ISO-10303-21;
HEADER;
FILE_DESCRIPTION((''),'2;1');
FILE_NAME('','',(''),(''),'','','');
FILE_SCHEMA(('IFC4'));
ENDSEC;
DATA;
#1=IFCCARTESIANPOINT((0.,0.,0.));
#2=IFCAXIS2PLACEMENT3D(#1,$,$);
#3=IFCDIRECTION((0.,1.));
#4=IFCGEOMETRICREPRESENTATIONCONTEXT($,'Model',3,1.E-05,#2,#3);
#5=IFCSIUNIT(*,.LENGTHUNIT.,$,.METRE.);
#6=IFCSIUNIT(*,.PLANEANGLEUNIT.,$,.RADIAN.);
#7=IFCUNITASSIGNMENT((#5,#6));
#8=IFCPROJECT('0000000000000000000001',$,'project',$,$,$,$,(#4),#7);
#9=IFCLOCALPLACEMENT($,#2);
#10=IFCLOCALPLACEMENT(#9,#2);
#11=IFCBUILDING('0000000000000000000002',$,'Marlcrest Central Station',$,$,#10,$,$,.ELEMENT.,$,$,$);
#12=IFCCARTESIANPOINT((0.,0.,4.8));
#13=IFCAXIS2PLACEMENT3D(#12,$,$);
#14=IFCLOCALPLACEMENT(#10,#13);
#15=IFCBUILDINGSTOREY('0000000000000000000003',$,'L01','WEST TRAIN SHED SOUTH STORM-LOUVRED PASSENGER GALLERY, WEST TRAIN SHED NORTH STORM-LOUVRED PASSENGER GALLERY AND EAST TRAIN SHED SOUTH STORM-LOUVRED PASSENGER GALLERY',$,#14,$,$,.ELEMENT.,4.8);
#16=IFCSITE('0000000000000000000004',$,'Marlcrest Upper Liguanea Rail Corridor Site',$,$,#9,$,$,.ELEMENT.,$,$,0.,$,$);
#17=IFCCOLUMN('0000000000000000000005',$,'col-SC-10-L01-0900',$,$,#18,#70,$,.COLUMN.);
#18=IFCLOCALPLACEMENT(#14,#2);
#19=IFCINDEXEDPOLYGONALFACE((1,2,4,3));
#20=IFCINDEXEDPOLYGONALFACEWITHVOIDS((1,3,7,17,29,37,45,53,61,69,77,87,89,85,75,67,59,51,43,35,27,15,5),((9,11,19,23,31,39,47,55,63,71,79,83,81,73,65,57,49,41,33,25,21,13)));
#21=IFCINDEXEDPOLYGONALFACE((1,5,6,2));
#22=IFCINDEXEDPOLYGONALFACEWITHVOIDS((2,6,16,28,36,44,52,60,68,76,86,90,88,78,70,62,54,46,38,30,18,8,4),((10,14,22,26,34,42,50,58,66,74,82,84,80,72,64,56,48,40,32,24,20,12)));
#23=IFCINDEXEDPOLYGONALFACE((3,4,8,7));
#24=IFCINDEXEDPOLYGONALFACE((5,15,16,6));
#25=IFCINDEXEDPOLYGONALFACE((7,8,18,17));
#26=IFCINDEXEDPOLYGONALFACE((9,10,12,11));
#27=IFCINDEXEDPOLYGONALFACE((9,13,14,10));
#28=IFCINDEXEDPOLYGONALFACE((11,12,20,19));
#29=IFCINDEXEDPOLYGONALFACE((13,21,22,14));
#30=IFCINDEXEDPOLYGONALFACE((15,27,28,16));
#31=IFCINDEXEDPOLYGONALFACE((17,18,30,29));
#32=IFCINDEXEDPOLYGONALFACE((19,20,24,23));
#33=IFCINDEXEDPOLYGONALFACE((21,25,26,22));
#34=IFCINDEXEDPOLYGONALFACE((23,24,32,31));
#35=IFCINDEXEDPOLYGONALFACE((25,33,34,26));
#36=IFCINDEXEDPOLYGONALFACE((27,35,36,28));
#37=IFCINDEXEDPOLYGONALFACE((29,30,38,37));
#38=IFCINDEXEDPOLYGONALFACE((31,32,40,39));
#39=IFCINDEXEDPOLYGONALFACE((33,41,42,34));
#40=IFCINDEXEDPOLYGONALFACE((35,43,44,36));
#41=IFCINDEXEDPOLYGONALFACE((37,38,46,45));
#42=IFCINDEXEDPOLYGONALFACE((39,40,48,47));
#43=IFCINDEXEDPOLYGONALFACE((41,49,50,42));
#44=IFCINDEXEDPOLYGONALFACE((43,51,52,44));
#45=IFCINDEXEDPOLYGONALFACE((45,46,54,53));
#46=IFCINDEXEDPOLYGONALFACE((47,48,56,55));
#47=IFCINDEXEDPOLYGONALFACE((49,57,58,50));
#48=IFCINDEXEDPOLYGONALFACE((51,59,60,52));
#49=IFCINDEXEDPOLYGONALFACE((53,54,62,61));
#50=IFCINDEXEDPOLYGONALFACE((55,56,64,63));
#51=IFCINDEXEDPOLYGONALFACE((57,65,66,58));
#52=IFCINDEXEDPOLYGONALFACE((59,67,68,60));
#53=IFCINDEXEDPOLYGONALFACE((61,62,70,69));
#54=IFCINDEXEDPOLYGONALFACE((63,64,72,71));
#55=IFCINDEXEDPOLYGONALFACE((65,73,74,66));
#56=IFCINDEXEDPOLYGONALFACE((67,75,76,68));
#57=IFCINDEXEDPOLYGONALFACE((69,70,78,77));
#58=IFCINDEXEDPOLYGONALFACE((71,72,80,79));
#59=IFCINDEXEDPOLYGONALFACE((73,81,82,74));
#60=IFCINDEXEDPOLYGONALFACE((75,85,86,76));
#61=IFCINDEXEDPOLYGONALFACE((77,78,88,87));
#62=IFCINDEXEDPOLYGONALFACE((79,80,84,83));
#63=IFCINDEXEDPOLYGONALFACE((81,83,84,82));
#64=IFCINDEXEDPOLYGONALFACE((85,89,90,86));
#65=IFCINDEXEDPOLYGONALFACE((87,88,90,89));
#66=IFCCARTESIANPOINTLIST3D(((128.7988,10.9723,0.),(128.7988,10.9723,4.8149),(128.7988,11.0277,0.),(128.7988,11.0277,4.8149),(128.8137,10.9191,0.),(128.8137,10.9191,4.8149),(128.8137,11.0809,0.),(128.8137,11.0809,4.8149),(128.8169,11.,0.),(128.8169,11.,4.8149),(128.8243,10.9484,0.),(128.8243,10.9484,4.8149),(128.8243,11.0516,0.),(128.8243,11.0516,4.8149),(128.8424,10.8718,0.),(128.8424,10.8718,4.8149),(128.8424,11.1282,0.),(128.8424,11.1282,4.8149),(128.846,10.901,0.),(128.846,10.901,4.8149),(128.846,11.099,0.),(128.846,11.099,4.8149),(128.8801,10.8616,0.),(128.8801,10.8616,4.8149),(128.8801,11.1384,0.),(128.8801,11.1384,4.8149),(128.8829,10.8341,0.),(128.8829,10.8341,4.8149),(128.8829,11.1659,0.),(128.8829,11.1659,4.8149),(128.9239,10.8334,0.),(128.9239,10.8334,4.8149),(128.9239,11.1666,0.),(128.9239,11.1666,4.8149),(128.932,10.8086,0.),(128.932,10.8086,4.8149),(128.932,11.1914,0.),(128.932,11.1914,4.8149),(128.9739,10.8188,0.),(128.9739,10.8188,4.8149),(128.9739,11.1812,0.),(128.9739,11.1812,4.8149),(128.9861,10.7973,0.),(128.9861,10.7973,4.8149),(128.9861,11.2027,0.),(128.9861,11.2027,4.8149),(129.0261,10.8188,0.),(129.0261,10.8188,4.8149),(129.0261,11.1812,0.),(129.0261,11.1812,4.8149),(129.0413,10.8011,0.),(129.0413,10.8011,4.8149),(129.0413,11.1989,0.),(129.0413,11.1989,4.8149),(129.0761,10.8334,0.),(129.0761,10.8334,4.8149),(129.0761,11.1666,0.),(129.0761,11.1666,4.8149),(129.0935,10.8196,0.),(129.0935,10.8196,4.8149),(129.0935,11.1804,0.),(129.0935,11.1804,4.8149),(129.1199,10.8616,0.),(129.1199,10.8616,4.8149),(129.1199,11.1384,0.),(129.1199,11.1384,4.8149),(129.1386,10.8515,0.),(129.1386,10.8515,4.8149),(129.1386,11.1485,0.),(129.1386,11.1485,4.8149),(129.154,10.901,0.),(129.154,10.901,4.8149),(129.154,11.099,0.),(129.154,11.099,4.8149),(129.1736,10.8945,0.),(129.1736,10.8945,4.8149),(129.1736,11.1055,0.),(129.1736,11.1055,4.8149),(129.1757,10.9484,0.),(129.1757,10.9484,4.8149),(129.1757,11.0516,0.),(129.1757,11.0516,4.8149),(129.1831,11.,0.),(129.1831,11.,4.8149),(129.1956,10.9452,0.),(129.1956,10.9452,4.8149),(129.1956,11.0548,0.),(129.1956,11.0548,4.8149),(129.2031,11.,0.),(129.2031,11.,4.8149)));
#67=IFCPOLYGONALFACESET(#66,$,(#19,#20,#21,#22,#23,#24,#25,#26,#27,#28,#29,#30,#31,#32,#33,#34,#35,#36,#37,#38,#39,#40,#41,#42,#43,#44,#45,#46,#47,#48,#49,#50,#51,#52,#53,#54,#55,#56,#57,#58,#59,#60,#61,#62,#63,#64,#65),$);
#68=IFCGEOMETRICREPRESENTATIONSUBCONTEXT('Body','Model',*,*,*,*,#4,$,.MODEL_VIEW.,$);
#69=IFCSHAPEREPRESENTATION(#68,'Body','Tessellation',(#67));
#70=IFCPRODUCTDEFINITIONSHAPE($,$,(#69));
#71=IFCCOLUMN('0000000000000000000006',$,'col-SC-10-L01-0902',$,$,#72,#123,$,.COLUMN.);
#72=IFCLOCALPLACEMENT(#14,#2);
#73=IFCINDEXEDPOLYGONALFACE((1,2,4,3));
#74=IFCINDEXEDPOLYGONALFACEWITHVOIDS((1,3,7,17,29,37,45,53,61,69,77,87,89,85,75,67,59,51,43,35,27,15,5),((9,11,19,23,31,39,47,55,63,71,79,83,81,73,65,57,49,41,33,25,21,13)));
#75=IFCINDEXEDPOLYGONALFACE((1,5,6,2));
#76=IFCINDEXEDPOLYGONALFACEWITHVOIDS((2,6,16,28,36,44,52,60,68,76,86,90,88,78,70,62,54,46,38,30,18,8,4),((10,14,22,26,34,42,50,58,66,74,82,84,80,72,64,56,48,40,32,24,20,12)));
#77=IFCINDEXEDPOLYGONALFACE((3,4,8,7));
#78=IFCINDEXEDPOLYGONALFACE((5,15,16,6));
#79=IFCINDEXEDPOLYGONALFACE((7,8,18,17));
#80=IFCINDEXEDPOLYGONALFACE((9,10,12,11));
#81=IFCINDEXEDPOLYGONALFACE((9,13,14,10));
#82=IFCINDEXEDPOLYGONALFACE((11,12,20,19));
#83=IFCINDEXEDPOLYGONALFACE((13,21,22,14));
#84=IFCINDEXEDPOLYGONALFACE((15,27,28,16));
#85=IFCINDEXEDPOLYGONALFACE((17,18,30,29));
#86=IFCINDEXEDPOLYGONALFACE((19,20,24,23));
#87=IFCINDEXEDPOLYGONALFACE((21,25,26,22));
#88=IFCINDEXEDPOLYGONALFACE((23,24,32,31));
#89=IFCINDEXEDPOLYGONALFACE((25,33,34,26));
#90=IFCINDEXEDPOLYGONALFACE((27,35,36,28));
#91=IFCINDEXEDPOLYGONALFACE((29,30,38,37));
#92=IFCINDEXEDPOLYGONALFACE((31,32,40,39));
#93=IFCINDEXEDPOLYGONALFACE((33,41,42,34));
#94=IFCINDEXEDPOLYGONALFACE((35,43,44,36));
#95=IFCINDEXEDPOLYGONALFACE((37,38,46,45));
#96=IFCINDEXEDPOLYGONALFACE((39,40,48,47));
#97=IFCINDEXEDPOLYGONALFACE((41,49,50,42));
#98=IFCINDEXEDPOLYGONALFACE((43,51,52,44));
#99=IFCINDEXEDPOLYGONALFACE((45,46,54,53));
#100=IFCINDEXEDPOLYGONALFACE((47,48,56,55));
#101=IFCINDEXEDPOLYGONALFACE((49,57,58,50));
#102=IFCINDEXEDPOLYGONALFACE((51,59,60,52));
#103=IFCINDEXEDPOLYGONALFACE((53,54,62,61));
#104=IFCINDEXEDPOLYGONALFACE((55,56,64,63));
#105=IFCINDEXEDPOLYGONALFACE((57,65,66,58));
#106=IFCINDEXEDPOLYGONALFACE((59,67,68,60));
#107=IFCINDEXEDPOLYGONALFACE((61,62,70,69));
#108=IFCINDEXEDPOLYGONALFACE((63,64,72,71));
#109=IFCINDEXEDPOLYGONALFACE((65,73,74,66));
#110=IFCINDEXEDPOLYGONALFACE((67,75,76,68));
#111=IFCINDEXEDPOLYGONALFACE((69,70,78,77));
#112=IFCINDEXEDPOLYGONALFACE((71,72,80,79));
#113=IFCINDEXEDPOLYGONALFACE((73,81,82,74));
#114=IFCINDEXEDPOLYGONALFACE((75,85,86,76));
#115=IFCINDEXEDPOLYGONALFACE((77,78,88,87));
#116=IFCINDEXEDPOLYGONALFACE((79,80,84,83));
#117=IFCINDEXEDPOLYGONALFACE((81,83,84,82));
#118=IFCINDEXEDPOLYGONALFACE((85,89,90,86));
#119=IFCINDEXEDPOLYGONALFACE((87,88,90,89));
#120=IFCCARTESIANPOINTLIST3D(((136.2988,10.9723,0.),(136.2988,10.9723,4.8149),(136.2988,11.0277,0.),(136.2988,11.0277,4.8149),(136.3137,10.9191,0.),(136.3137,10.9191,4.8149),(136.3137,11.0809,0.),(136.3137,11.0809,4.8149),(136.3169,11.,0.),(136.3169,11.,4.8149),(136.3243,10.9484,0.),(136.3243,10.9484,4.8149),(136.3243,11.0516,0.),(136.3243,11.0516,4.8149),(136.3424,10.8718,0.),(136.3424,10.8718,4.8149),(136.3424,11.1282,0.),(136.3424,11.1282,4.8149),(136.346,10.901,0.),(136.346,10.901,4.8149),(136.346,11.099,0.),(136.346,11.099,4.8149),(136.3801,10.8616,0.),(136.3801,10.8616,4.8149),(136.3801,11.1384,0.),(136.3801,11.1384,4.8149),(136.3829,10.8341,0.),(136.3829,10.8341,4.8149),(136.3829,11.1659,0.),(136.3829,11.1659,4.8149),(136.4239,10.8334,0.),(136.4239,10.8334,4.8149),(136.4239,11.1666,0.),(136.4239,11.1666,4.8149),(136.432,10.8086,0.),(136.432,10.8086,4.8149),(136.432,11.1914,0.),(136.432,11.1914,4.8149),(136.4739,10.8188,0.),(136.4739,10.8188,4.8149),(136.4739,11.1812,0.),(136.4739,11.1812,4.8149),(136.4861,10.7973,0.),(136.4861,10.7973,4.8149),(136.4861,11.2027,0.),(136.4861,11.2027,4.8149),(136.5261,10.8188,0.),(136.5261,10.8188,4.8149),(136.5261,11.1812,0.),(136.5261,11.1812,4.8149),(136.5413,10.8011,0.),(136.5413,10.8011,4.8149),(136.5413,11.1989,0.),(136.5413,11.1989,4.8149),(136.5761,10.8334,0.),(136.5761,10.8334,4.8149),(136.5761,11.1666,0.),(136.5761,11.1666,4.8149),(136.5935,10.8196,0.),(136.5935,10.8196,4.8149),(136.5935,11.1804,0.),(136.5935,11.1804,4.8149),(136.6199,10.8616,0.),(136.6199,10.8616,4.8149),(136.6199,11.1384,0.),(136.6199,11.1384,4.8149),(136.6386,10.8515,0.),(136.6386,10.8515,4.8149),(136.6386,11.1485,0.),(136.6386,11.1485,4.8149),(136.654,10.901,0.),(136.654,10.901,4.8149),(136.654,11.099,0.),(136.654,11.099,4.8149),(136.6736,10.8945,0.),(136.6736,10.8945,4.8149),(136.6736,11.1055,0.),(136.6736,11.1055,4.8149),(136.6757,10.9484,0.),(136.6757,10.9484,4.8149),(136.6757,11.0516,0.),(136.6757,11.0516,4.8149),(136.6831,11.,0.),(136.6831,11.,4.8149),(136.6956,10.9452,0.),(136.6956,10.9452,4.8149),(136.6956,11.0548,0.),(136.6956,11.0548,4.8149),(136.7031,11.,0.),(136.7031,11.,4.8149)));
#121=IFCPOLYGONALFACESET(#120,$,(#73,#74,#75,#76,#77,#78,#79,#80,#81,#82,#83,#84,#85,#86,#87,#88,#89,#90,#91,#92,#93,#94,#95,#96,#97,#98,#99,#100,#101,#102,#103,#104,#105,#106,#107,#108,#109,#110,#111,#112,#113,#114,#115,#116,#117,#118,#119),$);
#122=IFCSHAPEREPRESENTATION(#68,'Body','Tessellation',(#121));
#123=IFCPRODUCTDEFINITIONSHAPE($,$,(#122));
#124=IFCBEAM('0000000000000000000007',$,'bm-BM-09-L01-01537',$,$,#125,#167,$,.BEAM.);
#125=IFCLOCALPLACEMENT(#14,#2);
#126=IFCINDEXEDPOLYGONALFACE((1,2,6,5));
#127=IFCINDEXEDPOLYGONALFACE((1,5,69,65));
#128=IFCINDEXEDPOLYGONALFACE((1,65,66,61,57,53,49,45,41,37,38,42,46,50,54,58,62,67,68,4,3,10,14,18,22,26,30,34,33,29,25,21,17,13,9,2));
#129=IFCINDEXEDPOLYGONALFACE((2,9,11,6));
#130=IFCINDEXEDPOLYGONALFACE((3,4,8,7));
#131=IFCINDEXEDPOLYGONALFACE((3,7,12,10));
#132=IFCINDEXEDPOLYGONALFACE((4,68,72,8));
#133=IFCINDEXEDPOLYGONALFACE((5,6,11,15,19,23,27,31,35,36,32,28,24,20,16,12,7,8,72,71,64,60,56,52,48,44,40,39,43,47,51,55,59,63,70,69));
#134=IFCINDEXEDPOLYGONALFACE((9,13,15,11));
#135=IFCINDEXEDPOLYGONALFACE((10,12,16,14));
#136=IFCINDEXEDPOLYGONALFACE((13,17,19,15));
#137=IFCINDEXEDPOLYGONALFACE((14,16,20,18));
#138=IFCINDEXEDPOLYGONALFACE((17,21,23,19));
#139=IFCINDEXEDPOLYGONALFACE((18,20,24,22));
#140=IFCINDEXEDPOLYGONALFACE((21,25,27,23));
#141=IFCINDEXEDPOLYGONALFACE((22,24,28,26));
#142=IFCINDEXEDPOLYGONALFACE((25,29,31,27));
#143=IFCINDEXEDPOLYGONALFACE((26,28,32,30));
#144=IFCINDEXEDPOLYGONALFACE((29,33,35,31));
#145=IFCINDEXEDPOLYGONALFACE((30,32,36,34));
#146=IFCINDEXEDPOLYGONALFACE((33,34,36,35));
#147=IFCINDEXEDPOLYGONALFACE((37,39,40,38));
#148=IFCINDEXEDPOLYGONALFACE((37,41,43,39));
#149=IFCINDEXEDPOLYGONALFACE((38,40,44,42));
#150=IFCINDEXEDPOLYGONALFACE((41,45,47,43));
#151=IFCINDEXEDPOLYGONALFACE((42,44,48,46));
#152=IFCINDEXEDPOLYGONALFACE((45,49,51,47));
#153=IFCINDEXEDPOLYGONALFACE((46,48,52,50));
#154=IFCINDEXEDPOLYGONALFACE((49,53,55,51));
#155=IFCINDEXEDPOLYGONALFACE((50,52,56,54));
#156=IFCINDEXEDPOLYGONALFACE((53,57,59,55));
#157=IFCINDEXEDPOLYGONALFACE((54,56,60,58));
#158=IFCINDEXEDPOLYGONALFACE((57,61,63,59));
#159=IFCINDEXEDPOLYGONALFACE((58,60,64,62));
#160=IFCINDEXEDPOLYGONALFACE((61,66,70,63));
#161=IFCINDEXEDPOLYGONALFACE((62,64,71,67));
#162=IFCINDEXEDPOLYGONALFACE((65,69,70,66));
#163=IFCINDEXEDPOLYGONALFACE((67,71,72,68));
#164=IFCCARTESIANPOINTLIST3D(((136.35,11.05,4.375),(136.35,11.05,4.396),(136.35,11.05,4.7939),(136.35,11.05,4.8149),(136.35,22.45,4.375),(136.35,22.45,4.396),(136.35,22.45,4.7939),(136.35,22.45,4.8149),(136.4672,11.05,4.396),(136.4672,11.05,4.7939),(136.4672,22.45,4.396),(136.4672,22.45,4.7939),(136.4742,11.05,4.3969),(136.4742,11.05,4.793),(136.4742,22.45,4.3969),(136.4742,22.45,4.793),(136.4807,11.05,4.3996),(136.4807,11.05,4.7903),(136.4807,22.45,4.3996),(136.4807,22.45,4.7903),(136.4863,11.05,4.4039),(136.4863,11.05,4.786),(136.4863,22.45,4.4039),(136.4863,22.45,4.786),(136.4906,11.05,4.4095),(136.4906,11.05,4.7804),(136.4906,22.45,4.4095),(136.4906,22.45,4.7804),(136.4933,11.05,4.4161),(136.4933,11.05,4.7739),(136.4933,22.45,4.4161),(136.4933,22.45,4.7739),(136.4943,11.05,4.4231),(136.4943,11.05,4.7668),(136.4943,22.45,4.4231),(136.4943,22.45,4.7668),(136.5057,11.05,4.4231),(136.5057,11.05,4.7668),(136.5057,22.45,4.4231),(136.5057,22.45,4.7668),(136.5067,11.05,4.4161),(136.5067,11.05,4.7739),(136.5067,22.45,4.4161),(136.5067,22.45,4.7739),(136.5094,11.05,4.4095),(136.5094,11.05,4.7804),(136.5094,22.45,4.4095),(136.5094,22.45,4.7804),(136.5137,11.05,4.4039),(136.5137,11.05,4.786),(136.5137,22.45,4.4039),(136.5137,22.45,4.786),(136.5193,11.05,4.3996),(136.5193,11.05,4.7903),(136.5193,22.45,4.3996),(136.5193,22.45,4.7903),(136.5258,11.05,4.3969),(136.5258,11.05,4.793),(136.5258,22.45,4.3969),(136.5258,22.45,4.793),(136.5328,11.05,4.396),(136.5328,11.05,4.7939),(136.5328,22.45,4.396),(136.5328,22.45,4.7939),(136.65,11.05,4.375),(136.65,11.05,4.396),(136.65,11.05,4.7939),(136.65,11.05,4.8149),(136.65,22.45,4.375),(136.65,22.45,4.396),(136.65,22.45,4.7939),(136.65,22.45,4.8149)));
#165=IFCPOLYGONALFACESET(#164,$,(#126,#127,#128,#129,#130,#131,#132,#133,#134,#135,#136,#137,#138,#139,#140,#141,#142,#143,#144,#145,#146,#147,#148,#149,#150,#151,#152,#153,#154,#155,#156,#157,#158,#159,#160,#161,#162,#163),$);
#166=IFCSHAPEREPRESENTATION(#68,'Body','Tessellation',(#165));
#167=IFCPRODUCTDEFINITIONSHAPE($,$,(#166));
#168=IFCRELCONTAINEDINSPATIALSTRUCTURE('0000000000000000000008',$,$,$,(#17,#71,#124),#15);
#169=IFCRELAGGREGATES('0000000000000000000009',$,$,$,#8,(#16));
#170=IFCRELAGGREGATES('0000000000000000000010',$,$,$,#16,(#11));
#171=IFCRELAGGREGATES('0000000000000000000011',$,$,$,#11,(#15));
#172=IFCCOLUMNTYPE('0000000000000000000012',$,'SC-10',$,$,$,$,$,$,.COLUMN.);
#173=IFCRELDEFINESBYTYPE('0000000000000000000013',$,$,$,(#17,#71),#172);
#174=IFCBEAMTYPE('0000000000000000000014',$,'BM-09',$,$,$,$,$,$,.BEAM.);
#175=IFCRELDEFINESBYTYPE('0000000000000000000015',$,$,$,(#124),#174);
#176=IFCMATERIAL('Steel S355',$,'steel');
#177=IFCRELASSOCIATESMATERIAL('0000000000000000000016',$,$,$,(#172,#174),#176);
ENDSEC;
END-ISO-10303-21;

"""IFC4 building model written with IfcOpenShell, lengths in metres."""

from ifc_helpers import new_model, si_unit, direction, frame, origin, origin_2d, place, context, subcontext, project, spatial, hollow_circle, i_section, extrude, material, material_profile, profile_set, type_object, element, save


model = new_model("IFC4")

# Units and contexts
model_context = context("Model", 3, precision=1e-05, world=origin(), true_north=direction((0.0, 1.0)))
body_context = subcontext(model_context, "Body", "Model", "MODEL_VIEW")
ifc_project = project(units=[si_unit("LENGTHUNIT", "METRE"), si_unit("PLANEANGLEUNIT", "RADIAN")], contexts=[model_context])

# Site, building, storey
site_placement = place(None, origin())
site = spatial("IfcSite", under=ifc_project, at=site_placement, Name="Marlcrest Upper Liguanea Rail Corridor Site", CompositionType="ELEMENT", RefElevation=0.0)
building_placement = place(site_placement, origin())
building = spatial("IfcBuilding", under=site, at=building_placement, Name="Marlcrest Central Station", CompositionType="ELEMENT")
storey_placement = place(building_placement, frame((0.0, 0.0, 4.8)))
storey = spatial("IfcBuildingStorey", under=building, at=storey_placement, Name="L01", Description="WEST TRAIN SHED SOUTH STORM-LOUVRED PASSENGER GALLERY, WEST TRAIN SHED NORTH STORM-LOUVRED PASSENGER GALLERY AND EAST TRAIN SHED SOUTH STORM-LOUVRED PASSENGER GALLERY", CompositionType="ELEMENT", Elevation=4.8)

# Columns
ifc_material_1 = material(Name="Steel S355", Category="steel")
ifc_material_profile_1 = material_profile(ifc_material_1, hollow_circle(Radius=0.2031, WallThickness=0.02, at=origin_2d()), Name="CHS 406.4x20")
ifc_profile_set_1 = profile_set([ifc_material_profile_1], Name="Steel S355")
column_type = type_object("IfcColumnType", Name="SC-10", PredefinedType="COLUMN", material=ifc_profile_set_1)
for number, where, z_axis, x_axis, name in (
    (1, (129.0, 11.0, 0.0), (0.0, 0.0, 1.0), (1.0, 0.0, 0.0), "col-SC-10-L01-0900"),
    (2, (136.5, 11.0, 0.0), (0.0, 0.0, 1.0), (1.0, 0.0, 0.0), "col-SC-10-L01-0902"),
):
    element("IfcColumn", number, at=place(storey_placement, frame(where, z_axis=z_axis, x_axis=x_axis)), inside=storey, type_object=column_type, Name=name, PredefinedType="COLUMN", context=body_context, shape_type="SweptSolid", body=[
        extrude(hollow_circle(Radius=0.2031, WallThickness=0.02, at=origin_2d()), origin(), (0.0, 0.0, 1.0), 4.8149),
    ])

# Beam
ifc_material_profile_2 = material_profile(ifc_material_1, i_section(OverallWidth=0.3, OverallDepth=0.4399, WebThickness=0.0115, FlangeThickness=0.021, FilletRadius=0.0271, at=origin_2d()), Name="HEA 450")
ifc_profile_set_2 = profile_set([ifc_material_profile_2], Name="Steel S355")
beam_type_1 = type_object("IfcBeamType", Name="BM-09", PredefinedType="BEAM", material=ifc_profile_set_2)
for number, where, z_axis, x_axis, name in (
    (3, (136.5, 11.05, 4.595), (0.0, 1.0, 0.0), (-1.0, 0.0, 0.0), "bm-BM-09-L01-01537"),
):
    element("IfcBeam", number, at=place(storey_placement, frame(where, z_axis=z_axis, x_axis=x_axis)), inside=storey, type_object=beam_type_1, Name=name, PredefinedType="BEAM", context=body_context, shape_type="SweptSolid", body=[
        extrude(i_section(OverallWidth=0.3, OverallDepth=0.4399, WebThickness=0.0115, FlangeThickness=0.021, FilletRadius=0.0271, at=origin_2d()), origin(), (0.0, 0.0, 1.0), 11.3999),
    ])

save(model, "model.ifc")
